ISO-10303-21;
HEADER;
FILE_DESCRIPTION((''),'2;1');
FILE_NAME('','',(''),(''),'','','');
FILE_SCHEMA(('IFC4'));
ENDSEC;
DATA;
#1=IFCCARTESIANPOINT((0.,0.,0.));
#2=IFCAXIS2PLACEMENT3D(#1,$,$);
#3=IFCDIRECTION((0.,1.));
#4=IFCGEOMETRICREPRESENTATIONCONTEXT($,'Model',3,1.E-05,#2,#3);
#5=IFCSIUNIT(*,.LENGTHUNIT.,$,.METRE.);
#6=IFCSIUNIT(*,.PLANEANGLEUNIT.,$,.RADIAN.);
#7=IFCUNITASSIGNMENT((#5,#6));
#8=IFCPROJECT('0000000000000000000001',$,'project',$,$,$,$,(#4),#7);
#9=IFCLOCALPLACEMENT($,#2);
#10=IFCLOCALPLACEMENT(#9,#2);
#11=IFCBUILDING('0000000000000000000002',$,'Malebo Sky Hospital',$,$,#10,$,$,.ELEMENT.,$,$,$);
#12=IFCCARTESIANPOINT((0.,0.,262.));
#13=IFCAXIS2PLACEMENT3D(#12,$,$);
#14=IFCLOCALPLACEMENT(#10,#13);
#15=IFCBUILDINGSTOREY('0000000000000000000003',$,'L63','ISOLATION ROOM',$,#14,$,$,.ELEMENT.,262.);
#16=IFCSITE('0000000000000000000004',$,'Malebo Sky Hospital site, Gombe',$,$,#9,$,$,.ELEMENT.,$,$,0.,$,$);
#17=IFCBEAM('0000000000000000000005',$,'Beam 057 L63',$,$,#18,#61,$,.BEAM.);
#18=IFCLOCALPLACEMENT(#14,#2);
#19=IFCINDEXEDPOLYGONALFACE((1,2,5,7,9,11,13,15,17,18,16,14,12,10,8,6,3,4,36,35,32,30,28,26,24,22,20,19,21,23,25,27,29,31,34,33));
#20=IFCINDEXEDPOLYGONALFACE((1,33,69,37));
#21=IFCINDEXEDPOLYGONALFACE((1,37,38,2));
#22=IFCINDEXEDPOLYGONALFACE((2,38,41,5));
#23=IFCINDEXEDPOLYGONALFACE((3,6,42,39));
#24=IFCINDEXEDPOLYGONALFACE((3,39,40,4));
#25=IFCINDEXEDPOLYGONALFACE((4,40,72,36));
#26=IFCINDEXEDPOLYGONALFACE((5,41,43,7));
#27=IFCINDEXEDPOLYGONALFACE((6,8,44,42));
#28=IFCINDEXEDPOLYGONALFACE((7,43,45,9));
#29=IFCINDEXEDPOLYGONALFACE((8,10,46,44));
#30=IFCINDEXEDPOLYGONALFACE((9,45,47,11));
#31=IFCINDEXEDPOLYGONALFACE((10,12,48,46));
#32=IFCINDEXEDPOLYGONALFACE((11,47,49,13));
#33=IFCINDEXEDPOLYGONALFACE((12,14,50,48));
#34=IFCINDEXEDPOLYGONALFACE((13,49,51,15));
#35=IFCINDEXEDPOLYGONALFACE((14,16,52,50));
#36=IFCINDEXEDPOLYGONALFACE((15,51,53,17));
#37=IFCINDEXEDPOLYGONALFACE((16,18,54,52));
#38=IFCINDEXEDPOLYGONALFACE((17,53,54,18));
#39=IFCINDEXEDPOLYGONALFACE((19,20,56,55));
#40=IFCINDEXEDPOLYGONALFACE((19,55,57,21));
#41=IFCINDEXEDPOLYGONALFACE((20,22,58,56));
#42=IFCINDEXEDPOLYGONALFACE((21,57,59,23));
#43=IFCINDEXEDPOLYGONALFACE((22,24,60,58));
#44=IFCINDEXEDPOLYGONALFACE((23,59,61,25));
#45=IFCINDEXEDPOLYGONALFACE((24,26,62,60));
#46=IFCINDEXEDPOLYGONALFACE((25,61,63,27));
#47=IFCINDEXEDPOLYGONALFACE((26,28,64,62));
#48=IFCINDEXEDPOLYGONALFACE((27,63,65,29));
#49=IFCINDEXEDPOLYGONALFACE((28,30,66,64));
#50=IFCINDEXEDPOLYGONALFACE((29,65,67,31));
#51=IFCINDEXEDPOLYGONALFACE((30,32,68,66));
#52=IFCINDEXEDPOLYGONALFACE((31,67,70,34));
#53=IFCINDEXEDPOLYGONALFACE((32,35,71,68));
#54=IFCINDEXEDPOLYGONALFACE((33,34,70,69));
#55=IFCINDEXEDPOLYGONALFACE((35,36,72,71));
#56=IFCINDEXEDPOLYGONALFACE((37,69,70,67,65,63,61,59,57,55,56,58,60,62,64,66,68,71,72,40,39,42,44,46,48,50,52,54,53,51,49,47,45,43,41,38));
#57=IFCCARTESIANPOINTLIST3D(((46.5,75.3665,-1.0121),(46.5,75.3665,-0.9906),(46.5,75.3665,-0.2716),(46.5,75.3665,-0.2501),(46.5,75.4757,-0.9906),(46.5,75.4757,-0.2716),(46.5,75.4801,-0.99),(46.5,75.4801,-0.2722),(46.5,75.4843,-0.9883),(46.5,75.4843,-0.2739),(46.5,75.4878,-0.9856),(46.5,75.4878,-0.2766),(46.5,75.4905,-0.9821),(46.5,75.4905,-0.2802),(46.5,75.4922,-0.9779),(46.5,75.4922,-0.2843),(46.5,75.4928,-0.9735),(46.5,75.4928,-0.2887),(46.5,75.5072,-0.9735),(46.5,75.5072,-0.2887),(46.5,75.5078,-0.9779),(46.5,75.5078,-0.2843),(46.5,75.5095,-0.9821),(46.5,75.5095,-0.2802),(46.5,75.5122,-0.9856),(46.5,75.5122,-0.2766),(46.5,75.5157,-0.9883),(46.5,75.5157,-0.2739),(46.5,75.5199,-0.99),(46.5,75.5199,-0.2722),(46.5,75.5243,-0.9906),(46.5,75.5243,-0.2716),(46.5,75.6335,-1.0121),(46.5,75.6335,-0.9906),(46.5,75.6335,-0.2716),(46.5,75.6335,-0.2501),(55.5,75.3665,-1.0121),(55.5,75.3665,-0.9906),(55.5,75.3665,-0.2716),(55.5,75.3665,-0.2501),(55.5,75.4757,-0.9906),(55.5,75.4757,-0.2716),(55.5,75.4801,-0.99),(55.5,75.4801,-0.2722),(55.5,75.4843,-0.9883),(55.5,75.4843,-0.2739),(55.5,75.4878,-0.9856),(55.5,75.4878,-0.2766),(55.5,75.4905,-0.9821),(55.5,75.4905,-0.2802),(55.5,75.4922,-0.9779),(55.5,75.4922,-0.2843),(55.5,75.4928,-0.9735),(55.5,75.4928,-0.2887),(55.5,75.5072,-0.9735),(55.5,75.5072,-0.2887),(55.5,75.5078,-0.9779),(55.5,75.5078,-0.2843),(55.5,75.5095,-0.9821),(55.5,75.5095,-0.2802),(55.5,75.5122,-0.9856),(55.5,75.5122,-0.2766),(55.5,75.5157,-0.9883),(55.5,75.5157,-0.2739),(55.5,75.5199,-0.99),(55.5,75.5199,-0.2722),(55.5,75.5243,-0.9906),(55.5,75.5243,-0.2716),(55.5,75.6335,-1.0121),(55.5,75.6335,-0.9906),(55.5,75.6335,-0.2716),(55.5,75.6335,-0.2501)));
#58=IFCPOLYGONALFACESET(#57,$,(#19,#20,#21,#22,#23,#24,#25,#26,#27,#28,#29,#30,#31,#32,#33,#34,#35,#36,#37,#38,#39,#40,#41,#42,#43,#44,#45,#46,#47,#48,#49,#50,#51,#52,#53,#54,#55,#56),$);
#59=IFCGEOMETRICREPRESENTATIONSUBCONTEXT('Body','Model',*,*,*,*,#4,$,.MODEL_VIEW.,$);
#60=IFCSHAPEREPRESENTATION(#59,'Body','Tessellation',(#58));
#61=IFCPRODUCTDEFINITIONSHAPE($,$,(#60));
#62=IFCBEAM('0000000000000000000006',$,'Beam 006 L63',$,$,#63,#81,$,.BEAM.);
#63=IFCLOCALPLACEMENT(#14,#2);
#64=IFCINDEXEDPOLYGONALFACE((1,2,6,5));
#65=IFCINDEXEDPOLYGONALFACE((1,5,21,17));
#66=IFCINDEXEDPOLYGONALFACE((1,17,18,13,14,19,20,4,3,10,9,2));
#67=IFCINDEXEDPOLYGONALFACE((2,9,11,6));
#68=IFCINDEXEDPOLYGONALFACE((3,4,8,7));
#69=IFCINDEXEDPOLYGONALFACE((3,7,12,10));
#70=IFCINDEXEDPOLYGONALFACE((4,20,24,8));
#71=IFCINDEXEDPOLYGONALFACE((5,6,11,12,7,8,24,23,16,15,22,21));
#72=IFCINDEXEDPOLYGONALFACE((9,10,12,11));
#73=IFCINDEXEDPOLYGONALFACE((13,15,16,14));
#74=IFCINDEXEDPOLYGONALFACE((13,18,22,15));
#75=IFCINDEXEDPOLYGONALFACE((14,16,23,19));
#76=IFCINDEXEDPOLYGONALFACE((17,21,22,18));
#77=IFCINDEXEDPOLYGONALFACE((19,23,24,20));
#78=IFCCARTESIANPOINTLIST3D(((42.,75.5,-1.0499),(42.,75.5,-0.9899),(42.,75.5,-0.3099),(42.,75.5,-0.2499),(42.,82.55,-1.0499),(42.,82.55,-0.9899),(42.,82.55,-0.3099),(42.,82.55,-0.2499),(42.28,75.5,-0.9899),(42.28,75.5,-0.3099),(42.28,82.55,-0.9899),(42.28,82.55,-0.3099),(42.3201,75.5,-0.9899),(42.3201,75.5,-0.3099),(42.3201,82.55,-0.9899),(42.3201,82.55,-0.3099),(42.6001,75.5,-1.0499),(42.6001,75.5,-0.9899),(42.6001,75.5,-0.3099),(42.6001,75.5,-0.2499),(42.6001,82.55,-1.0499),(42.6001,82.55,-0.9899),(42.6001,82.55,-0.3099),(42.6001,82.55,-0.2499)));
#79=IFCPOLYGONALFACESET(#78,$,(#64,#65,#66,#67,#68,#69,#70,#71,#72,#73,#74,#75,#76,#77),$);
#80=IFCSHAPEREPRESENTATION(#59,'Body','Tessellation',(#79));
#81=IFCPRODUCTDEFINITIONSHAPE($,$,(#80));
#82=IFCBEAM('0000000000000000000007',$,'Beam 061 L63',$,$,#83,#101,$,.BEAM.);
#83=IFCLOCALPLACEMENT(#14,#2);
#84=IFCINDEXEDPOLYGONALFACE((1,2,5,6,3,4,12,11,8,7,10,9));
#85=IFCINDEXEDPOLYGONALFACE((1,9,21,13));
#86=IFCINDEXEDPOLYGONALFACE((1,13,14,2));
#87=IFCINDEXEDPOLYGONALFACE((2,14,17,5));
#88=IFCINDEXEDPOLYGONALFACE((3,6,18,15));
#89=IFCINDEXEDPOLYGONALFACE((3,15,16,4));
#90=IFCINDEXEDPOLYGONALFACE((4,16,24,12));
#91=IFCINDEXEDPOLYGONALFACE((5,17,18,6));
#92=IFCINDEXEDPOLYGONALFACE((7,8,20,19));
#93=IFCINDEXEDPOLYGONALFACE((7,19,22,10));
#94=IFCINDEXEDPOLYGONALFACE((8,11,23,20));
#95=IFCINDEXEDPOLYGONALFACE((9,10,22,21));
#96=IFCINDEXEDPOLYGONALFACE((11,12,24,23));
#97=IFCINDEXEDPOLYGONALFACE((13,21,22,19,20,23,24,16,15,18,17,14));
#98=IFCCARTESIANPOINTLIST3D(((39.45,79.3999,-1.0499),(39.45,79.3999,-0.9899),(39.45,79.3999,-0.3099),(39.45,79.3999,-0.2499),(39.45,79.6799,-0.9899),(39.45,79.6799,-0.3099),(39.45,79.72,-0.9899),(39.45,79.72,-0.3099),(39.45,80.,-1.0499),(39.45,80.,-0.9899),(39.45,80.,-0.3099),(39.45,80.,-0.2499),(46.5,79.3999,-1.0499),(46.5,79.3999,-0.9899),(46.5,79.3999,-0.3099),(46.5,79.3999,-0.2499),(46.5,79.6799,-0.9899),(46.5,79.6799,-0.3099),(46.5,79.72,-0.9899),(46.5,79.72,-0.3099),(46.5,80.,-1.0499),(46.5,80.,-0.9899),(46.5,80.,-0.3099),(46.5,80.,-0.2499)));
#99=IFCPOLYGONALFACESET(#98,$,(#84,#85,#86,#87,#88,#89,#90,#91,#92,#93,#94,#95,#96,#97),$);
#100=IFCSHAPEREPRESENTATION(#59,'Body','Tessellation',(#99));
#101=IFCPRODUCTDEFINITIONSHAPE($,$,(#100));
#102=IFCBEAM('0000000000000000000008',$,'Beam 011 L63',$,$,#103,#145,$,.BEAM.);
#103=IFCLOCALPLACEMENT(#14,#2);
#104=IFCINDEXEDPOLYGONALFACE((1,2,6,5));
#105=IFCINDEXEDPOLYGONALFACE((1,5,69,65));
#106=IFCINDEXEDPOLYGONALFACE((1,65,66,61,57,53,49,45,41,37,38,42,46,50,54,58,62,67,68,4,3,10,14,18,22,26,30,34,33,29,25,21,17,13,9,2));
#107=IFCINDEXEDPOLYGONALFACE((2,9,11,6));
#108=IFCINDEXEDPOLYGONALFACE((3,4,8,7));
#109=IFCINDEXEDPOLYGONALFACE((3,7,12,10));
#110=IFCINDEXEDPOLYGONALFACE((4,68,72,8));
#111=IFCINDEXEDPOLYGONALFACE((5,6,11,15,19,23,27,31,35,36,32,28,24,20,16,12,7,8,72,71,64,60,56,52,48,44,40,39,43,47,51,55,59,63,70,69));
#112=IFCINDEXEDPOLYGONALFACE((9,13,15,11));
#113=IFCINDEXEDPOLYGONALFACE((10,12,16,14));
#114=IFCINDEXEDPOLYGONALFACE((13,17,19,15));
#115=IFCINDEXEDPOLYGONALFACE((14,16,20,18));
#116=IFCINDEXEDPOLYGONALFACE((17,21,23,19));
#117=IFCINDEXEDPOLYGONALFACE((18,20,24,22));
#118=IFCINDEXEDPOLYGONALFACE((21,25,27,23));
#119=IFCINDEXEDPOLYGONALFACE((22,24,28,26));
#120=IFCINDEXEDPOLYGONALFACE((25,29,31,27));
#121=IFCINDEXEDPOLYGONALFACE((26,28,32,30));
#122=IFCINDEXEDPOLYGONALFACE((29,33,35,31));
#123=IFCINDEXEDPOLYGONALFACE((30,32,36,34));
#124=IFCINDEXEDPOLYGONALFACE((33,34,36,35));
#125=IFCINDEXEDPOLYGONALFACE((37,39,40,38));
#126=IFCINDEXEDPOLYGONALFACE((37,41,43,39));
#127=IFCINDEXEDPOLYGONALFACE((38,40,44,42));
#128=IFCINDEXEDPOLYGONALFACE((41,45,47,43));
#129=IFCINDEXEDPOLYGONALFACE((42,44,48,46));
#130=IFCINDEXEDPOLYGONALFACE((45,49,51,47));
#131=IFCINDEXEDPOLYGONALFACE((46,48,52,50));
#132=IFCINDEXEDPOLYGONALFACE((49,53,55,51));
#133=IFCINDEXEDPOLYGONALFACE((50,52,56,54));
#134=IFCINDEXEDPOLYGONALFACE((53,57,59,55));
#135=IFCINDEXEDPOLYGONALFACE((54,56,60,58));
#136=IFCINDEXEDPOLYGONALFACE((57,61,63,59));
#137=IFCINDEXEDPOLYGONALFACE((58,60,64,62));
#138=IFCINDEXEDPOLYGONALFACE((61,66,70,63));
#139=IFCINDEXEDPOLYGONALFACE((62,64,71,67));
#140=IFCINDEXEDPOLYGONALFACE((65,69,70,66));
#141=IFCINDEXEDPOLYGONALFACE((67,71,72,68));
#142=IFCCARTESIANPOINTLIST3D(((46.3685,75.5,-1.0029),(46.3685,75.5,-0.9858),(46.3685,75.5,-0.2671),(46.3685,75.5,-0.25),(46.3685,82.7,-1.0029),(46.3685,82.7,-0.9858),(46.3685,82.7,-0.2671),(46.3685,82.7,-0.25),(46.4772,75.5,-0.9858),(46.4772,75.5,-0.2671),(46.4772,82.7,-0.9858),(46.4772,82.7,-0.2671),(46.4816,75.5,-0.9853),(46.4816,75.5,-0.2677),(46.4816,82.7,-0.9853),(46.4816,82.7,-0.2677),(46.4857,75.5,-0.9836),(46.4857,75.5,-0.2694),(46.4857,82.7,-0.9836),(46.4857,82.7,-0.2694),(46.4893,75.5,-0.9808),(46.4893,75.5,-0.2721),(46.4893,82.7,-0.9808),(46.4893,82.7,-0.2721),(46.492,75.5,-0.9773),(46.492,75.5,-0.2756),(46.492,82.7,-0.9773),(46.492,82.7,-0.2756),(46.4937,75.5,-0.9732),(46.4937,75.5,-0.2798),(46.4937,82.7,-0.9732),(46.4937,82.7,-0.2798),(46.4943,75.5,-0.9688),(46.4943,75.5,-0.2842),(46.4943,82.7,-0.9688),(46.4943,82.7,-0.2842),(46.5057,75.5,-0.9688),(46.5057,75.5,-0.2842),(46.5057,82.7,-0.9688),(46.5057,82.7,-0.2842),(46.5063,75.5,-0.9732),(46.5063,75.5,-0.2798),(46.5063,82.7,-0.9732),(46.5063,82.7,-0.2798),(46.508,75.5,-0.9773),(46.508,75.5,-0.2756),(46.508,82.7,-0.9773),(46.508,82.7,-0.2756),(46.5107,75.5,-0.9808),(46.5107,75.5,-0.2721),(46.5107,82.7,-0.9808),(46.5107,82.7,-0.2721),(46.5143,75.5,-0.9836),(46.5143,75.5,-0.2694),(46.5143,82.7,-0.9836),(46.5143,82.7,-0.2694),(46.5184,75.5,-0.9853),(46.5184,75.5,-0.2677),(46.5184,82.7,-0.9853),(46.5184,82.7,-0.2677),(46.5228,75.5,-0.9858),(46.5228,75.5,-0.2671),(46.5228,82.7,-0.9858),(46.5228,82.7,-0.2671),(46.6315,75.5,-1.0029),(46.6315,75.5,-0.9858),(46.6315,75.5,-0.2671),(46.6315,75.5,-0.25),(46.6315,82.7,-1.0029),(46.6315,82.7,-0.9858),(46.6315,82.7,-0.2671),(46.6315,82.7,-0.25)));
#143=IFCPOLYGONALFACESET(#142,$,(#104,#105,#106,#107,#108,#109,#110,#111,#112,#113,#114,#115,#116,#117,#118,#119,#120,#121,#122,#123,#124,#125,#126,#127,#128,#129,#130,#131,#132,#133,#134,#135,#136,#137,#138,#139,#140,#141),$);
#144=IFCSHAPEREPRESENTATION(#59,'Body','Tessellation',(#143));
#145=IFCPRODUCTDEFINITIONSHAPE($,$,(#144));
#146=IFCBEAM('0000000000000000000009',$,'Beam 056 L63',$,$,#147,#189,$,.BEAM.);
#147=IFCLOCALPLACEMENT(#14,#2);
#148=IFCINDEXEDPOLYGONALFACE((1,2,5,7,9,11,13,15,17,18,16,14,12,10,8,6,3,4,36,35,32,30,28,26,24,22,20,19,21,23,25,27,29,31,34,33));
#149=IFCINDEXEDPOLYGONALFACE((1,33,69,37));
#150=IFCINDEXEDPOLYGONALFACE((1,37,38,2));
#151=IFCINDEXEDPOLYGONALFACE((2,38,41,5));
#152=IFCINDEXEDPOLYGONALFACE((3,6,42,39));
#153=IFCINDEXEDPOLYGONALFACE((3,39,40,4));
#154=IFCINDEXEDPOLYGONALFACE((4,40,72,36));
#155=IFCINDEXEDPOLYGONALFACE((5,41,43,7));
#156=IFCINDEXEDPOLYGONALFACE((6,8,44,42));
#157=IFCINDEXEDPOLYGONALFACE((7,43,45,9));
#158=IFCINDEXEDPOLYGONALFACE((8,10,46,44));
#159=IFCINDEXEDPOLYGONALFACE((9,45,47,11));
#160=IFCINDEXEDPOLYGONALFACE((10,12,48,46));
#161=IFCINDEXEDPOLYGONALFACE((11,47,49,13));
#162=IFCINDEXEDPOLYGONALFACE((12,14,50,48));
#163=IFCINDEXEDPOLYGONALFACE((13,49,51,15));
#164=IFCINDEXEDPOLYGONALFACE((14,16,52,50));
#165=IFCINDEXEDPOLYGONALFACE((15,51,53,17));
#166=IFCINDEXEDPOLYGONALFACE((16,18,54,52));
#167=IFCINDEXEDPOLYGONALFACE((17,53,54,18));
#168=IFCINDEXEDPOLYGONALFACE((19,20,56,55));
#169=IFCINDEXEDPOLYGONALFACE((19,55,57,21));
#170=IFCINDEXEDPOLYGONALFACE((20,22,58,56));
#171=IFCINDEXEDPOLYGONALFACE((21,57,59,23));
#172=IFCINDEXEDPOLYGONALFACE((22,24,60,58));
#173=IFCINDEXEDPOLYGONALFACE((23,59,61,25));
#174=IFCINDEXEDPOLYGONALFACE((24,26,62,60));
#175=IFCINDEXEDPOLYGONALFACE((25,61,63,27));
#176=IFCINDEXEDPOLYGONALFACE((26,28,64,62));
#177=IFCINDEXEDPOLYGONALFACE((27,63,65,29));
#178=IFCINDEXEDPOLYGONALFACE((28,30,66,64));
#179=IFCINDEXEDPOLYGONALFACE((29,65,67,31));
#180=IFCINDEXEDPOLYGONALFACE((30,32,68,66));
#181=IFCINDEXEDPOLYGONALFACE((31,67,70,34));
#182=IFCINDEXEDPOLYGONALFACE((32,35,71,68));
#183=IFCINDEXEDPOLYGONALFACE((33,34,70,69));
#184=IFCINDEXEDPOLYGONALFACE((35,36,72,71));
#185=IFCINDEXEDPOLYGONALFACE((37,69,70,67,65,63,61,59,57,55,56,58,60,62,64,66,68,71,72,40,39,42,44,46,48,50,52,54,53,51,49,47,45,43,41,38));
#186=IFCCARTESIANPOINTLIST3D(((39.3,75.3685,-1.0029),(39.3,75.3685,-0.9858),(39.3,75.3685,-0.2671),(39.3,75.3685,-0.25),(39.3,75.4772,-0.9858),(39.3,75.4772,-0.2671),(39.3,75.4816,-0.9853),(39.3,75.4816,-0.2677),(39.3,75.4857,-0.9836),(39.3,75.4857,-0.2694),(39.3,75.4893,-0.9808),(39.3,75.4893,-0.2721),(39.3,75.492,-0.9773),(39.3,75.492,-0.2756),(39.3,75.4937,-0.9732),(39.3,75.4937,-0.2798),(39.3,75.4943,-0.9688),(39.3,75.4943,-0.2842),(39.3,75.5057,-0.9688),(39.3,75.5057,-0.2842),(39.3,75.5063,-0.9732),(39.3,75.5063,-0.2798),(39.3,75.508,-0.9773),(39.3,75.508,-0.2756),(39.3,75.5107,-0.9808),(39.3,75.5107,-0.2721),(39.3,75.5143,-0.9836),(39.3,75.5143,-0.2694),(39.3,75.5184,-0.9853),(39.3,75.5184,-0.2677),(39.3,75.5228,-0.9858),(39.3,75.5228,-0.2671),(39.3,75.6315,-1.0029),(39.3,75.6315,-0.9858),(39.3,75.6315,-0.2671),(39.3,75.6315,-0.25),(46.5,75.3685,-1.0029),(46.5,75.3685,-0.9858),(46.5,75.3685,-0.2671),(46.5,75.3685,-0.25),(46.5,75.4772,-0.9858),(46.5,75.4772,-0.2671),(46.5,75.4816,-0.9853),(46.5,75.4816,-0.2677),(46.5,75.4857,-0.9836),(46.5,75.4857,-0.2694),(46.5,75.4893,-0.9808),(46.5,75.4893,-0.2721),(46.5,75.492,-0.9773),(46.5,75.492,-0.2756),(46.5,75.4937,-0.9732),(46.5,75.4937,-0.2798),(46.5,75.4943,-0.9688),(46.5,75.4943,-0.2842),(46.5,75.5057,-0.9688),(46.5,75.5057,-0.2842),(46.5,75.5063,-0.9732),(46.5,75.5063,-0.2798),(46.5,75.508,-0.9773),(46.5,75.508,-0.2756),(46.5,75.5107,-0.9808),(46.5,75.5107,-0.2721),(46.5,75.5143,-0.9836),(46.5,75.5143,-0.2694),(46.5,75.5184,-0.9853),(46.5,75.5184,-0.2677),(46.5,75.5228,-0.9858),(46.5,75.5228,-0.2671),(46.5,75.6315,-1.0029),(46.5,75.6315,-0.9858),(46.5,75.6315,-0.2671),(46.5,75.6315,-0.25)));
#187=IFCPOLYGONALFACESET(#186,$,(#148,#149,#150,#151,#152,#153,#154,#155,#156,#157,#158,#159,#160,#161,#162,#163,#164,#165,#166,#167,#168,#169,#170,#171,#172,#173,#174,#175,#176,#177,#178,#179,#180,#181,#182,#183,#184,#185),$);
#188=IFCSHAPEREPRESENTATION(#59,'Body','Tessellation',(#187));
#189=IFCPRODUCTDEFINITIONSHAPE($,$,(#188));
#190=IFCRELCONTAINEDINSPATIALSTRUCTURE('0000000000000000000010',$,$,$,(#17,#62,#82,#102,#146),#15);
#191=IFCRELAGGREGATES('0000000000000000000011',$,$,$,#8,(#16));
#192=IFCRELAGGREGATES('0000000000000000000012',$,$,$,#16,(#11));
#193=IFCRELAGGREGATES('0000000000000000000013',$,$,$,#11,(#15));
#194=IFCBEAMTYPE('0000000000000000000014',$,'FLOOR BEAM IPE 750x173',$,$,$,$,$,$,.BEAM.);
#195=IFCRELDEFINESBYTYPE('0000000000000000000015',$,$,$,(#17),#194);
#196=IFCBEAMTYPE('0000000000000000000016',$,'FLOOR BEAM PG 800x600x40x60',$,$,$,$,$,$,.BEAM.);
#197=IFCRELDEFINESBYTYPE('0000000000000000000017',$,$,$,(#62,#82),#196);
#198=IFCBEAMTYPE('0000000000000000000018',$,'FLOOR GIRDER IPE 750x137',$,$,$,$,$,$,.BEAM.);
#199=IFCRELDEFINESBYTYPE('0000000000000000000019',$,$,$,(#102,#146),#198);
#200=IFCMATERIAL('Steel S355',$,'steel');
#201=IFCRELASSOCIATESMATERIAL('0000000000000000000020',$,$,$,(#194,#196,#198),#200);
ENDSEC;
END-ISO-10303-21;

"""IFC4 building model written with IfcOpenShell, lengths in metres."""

from ifc_helpers import new_model, si_unit, direction, frame, origin, origin_2d, place, context, subcontext, project, spatial, i_section, extrude, material, material_profile, profile_set, type_object, element, save


model = new_model("IFC4")

# Units and contexts
model_context = context("Model", 3, precision=1e-05, world=origin(), true_north=direction((0.0, 1.0)))
body_context = subcontext(model_context, "Body", "Model", "MODEL_VIEW")
ifc_project = project(units=[si_unit("LENGTHUNIT", "METRE"), si_unit("PLANEANGLEUNIT", "RADIAN")], contexts=[model_context])

# Site, building, storey
site_placement = place(None, origin())
site = spatial("IfcSite", under=ifc_project, at=site_placement, Name="Malebo Sky Hospital site, Gombe", CompositionType="ELEMENT", RefElevation=0.0)
building_placement = place(site_placement, origin())
building = spatial("IfcBuilding", under=site, at=building_placement, Name="Malebo Sky Hospital", CompositionType="ELEMENT")
storey_placement = place(building_placement, frame((0.0, 0.0, 262.0)))
storey = spatial("IfcBuildingStorey", under=building, at=storey_placement, Name="L63", Description="ISOLATION ROOM", CompositionType="ELEMENT", Elevation=262.0)

# Beams
ifc_material_1 = material(Name="Steel S355", Category="steel")
ifc_material_profile_1 = material_profile(ifc_material_1, i_section(OverallWidth=0.2671, OverallDepth=0.762, WebThickness=0.0144, FlangeThickness=0.0215, FilletRadius=0.0171, at=origin_2d()), Name="IPE 750x173")
ifc_profile_set_1 = profile_set([ifc_material_profile_1], Name="Steel S355")
beam_type_1 = type_object("IfcBeamType", Name="FLOOR BEAM IPE 750x173", PredefinedType="BEAM", material=ifc_profile_set_1)
beam_1_placement = place(storey_placement, frame((46.5, 75.5, -0.6311), z_axis=(1.0, 0.0, 0.0), x_axis=(0.0, 1.0, 0.0)))
element("IfcBeam", 1, at=beam_1_placement, inside=storey, type_object=beam_type_1, Name="Beam 057 L63", PredefinedType="BEAM", context=body_context, shape_type="SweptSolid", body=[
    extrude(i_section(OverallWidth=0.2671, OverallDepth=0.762, WebThickness=0.0144, FlangeThickness=0.0215, FilletRadius=0.0171, at=origin_2d()), origin(), (0.0, 0.0, 1.0), 9.0),
])
ifc_material_profile_2 = material_profile(ifc_material_1, i_section(OverallWidth=0.6001, OverallDepth=0.8, WebThickness=0.04, FlangeThickness=0.0601, at=origin_2d()), Name="PG 800x600x40x60")
ifc_profile_set_2 = profile_set([ifc_material_profile_2], Name="Steel S355")
beam_type_2 = type_object("IfcBeamType", Name="FLOOR BEAM PG 800x600x40x60", PredefinedType="BEAM", material=ifc_profile_set_2)
for number, where, z_axis, x_axis, name in (
    (2, (42.3, 75.5, -0.6499), (0.0, 1.0, 0.0), (-1.0, 0.0, 0.0), "Beam 006 L63"),
    (3, (39.45, 79.7, -0.6499), (1.0, 0.0, 0.0), (0.0, 1.0, 0.0), "Beam 061 L63"),
):
    element("IfcBeam", number, at=place(storey_placement, frame(where, z_axis=z_axis, x_axis=x_axis)), inside=storey, type_object=beam_type_2, Name=name, PredefinedType="BEAM", context=body_context, shape_type="SweptSolid", body=[
        extrude(i_section(OverallWidth=0.6001, OverallDepth=0.8, WebThickness=0.04, FlangeThickness=0.0601, at=origin_2d()), origin(), (0.0, 0.0, 1.0), 7.05),
    ])
ifc_material_profile_3 = material_profile(ifc_material_1, i_section(OverallWidth=0.2629, OverallDepth=0.7529, WebThickness=0.0115, FlangeThickness=0.0171, FilletRadius=0.0171, at=origin_2d()), Name="IPE 750x137")
ifc_profile_set_3 = profile_set([ifc_material_profile_3], Name="Steel S355")
beam_type_3 = type_object("IfcBeamType", Name="FLOOR GIRDER IPE 750x137", PredefinedType="BEAM", material=ifc_profile_set_3)
for number, where, z_axis, x_axis, name in (
    (4, (46.5, 75.5, -0.6265), (0.0, 1.0, 0.0), (-1.0, 0.0, 0.0), "Beam 011 L63"),
    (5, (39.3, 75.5, -0.6265), (1.0, 0.0, 0.0), (0.0, 1.0, 0.0), "Beam 056 L63"),
):
    element("IfcBeam", number, at=place(storey_placement, frame(where, z_axis=z_axis, x_axis=x_axis)), inside=storey, type_object=beam_type_3, Name=name, PredefinedType="BEAM", context=body_context, shape_type="SweptSolid", body=[
        extrude(i_section(OverallWidth=0.2629, OverallDepth=0.7529, WebThickness=0.0115, FlangeThickness=0.0171, FilletRadius=0.0171, at=origin_2d()), origin(), (0.0, 0.0, 1.0), 7.2),
    ])

save(model, "model.ifc")
